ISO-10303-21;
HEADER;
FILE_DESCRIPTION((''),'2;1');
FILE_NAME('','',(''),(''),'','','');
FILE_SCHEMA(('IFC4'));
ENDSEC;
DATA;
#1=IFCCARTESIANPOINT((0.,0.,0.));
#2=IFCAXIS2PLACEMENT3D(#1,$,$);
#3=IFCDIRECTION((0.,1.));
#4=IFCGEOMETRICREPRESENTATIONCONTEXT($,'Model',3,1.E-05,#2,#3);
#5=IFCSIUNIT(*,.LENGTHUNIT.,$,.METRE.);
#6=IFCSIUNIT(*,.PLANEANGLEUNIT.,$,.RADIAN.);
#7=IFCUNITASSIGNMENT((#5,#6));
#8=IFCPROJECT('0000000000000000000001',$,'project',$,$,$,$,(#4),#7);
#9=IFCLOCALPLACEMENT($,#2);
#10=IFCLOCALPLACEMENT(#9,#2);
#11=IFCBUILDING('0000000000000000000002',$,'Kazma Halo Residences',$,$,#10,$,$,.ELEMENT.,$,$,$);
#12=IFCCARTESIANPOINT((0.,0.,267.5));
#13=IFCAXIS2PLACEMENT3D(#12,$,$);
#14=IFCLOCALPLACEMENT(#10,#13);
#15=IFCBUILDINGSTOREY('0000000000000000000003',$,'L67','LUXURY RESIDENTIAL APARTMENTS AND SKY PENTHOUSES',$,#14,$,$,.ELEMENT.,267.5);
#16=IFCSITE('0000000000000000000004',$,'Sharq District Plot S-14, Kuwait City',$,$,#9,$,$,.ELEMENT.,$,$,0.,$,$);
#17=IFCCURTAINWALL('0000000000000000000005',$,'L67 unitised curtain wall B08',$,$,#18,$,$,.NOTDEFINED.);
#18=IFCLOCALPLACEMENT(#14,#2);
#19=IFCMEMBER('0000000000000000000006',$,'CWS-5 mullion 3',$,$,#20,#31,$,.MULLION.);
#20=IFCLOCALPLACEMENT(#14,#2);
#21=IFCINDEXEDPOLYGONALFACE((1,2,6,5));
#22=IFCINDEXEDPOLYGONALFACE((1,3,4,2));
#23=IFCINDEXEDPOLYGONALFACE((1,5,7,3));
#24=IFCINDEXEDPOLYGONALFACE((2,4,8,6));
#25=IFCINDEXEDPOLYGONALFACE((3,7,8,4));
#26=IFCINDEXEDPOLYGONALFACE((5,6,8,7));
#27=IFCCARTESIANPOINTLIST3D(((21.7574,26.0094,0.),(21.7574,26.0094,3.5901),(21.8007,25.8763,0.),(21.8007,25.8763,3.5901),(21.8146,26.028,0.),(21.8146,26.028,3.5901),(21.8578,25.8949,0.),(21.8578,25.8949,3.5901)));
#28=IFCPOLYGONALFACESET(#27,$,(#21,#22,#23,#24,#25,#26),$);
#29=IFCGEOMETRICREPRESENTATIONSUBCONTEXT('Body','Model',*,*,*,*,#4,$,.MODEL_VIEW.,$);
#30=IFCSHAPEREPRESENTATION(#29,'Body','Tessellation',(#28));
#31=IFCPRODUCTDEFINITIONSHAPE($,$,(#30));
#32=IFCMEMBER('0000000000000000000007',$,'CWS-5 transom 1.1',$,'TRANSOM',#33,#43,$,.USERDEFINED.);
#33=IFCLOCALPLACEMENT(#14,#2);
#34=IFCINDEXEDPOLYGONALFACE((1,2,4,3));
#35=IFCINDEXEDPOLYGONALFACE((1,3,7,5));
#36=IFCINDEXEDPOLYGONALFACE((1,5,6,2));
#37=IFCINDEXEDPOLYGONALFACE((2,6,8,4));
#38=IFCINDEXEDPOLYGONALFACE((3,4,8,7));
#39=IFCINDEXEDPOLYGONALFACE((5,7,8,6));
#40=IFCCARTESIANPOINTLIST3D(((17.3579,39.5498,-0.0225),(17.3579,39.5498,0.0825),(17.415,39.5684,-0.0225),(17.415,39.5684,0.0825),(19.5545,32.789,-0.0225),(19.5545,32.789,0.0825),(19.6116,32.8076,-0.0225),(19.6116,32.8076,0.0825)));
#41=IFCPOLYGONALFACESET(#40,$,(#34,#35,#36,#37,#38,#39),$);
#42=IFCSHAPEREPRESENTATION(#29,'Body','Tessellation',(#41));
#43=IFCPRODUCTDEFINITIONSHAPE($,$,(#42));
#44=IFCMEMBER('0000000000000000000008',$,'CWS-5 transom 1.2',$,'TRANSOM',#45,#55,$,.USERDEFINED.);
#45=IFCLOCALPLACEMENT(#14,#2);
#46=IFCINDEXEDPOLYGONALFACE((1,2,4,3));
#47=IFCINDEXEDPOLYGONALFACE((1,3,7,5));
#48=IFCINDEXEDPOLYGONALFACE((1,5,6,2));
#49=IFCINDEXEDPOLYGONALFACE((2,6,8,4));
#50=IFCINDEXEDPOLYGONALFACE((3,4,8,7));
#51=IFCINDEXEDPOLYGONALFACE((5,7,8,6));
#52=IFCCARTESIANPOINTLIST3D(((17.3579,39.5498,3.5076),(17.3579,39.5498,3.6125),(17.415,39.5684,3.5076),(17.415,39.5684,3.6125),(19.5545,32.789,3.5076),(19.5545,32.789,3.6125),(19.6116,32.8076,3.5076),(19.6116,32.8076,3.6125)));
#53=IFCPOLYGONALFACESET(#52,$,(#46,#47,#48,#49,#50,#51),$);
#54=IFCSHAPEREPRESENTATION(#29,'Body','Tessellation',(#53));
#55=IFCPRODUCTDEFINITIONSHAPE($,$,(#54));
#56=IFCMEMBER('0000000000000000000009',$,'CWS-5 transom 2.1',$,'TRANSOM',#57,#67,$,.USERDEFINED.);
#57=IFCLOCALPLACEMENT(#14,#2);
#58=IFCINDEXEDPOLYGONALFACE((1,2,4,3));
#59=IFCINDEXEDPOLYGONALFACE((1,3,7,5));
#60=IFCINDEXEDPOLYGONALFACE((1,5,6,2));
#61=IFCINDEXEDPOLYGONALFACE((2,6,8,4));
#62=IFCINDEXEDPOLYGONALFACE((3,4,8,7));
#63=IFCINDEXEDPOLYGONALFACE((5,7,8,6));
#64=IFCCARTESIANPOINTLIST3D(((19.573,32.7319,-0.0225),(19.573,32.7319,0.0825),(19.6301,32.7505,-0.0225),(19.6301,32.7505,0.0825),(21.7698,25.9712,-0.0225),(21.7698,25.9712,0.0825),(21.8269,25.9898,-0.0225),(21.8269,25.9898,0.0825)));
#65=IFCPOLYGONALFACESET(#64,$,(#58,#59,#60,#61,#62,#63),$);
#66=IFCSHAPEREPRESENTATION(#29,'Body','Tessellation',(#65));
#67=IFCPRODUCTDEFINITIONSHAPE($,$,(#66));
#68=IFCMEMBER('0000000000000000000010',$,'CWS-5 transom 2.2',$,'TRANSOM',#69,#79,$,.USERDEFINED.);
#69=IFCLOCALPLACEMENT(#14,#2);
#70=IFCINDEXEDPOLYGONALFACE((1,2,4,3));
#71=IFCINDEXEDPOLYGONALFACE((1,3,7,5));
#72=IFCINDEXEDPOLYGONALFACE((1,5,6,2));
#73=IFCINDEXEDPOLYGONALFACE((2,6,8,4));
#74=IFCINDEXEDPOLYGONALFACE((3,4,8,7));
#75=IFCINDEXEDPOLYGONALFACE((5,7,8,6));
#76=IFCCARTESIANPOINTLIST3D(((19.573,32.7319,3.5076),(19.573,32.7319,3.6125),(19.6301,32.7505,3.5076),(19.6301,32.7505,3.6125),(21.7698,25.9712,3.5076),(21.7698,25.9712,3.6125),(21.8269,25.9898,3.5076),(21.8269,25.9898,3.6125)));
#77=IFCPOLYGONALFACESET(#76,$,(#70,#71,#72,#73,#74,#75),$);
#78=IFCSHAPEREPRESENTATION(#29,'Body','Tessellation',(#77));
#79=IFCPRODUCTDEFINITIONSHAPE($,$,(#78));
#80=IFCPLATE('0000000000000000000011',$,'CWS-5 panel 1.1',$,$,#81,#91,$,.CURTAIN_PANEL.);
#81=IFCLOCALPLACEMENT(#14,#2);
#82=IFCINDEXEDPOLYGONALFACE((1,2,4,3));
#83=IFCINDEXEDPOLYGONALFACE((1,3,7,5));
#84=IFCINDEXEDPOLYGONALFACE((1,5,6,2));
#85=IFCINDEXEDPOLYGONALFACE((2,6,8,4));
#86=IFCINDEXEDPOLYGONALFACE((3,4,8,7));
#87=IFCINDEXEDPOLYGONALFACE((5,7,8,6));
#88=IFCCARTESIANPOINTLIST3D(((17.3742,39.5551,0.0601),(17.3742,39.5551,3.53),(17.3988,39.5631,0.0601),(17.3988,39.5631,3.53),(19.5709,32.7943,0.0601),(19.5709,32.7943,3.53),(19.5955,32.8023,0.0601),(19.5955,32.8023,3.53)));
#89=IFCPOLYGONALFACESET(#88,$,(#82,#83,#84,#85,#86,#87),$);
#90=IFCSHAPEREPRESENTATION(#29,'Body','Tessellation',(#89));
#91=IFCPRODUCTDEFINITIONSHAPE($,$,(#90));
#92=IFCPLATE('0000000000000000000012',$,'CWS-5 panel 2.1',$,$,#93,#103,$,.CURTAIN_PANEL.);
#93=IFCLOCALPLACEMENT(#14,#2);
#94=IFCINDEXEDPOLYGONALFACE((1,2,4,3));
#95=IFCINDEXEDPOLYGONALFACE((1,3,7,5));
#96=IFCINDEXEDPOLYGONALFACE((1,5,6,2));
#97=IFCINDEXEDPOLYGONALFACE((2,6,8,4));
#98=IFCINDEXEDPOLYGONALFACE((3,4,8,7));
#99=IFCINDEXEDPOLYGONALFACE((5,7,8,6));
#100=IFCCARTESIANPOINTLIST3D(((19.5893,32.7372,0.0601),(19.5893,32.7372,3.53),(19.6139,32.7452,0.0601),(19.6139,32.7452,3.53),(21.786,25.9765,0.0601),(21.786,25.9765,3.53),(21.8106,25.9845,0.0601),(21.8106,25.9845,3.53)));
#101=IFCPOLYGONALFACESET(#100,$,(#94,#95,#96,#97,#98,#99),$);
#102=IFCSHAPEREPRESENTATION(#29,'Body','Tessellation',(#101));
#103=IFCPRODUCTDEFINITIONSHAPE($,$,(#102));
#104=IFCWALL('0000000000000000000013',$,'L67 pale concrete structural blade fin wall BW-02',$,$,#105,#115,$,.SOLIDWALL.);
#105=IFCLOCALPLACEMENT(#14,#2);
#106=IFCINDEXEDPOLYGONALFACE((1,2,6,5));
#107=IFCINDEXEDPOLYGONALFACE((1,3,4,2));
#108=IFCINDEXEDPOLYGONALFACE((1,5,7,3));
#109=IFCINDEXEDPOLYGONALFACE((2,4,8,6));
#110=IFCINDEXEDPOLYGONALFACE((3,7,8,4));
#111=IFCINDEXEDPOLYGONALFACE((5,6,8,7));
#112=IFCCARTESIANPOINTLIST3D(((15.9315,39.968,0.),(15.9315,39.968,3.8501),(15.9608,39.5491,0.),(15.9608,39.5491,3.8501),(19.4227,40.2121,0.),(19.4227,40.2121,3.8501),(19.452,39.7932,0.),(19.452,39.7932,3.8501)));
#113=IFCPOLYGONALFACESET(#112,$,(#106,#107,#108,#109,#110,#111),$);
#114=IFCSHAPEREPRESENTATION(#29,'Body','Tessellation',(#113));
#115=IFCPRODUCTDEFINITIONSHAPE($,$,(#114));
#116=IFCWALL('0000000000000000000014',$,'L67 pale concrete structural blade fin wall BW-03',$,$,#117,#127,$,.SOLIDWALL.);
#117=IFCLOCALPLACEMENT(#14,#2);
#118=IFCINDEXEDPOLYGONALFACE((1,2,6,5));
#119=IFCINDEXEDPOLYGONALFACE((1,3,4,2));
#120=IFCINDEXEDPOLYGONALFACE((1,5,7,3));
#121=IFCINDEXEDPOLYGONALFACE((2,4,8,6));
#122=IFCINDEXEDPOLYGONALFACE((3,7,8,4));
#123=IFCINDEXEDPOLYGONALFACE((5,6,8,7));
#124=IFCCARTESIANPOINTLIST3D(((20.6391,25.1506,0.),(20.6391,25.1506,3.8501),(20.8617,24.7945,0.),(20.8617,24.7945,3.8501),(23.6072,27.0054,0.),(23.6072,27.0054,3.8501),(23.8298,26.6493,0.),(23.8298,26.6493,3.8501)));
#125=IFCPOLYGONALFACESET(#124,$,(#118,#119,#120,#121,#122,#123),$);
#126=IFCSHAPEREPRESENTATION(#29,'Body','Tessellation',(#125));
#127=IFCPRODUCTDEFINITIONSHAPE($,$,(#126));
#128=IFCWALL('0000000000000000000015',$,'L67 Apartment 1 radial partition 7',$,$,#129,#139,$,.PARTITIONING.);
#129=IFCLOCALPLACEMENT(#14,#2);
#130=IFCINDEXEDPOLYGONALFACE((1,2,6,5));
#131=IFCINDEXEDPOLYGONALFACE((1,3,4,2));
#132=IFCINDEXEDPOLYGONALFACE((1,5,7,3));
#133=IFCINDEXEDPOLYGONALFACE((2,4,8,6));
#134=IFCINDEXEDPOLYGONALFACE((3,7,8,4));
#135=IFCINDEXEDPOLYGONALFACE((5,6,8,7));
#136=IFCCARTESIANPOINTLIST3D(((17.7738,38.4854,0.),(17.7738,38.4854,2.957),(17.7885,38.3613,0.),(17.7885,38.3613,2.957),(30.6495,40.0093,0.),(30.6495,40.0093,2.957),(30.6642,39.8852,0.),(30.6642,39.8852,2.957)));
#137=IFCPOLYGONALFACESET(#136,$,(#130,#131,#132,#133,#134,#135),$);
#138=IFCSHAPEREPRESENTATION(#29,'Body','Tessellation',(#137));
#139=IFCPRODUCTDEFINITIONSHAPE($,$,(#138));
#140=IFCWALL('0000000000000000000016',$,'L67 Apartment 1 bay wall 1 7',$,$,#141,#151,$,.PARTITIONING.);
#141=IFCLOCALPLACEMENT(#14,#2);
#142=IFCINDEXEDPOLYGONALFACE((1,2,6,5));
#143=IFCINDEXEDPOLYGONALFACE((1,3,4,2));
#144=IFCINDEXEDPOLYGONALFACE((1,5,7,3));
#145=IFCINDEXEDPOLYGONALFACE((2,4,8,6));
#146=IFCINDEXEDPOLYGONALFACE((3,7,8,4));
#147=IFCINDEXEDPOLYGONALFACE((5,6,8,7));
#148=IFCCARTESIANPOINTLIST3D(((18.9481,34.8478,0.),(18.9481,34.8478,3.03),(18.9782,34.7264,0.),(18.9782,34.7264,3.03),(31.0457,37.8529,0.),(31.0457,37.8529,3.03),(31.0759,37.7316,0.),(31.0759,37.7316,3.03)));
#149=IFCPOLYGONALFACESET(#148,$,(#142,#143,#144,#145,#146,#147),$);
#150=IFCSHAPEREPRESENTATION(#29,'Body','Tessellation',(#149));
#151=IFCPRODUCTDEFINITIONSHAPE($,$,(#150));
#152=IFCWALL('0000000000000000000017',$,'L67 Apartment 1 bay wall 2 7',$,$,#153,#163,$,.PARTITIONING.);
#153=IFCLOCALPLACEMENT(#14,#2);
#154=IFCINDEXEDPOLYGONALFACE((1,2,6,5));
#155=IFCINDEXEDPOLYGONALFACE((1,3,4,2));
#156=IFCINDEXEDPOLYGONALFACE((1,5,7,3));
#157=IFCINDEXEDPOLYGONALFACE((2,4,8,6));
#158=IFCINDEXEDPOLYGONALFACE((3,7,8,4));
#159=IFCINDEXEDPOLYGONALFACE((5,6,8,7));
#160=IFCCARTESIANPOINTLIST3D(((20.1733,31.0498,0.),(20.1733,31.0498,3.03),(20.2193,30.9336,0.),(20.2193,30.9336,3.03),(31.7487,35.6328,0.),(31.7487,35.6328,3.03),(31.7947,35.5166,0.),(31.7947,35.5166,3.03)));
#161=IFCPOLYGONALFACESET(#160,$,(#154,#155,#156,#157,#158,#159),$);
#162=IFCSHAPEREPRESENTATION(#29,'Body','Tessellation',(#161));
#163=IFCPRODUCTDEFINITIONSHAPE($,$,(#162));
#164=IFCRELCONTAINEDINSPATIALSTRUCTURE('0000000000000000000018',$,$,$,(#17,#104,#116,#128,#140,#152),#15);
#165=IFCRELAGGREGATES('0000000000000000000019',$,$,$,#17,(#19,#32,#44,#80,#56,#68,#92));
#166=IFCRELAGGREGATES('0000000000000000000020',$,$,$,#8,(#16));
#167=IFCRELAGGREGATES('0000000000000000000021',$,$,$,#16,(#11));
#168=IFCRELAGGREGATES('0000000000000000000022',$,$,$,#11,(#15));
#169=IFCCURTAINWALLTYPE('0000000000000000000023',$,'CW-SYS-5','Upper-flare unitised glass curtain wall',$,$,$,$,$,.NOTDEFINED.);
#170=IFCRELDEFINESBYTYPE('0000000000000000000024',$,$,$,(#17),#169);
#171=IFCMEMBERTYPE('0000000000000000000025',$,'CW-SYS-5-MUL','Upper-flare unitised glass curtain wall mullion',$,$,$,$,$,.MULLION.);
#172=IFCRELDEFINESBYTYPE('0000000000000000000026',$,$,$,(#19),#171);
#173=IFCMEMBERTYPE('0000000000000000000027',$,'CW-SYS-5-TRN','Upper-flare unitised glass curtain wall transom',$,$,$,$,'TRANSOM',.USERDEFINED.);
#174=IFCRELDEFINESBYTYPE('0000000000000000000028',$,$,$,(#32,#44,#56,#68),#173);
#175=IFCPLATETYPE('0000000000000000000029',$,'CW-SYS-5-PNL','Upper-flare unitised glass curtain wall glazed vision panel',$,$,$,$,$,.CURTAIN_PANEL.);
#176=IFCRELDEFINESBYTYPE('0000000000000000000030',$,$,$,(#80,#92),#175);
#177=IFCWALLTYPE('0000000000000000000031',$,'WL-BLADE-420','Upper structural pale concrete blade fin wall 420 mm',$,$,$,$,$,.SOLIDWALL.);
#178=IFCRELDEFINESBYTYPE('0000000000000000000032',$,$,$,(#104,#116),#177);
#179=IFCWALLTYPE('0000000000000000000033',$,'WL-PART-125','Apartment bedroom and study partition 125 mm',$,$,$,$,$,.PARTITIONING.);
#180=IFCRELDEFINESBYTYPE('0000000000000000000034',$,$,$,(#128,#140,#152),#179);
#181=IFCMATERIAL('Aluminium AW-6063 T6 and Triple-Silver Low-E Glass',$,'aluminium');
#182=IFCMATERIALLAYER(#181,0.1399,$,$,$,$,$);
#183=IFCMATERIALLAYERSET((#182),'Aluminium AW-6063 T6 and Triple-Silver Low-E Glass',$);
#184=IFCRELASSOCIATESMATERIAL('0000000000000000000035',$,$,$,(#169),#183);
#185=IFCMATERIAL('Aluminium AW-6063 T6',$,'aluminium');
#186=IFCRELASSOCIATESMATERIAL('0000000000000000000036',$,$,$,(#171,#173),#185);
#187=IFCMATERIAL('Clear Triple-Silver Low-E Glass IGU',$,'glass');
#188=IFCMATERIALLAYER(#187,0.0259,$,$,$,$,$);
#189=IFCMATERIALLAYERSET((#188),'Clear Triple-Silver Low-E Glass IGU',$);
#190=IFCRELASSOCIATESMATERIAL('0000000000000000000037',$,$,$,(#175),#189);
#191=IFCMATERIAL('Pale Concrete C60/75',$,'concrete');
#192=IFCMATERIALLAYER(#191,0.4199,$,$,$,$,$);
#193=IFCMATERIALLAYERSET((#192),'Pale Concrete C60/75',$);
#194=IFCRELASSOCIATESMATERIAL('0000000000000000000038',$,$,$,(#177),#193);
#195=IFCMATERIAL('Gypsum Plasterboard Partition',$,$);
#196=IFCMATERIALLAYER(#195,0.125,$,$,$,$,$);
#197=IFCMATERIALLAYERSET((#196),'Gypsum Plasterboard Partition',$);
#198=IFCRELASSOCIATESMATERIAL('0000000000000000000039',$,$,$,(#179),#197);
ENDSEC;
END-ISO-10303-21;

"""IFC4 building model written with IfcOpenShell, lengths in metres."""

from ifc_helpers import new_model, si_unit, direction, frame, frame_2d, origin, origin_2d, place, context, subcontext, project, spatial, rectangle, extrude, material, layer, layer_set, material_profile, profile_set, type_object, element, aggregate, save


model = new_model("IFC4")

# Units and contexts
model_context = context("Model", 3, precision=1e-05, world=origin(), true_north=direction((0.0, 1.0)))
body_context = subcontext(model_context, "Body", "Model", "MODEL_VIEW")
ifc_project = project(units=[si_unit("LENGTHUNIT", "METRE"), si_unit("PLANEANGLEUNIT", "RADIAN")], contexts=[model_context])

# Site, building, storey
site_placement = place(None, origin())
site = spatial("IfcSite", under=ifc_project, at=site_placement, Name="Sharq District Plot S-14, Kuwait City", CompositionType="ELEMENT", RefElevation=0.0)
building_placement = place(site_placement, origin())
building = spatial("IfcBuilding", under=site, at=building_placement, Name="Kazma Halo Residences", CompositionType="ELEMENT")
storey_placement = place(building_placement, frame((0.0, 0.0, 267.5)))
storey = spatial("IfcBuildingStorey", under=building, at=storey_placement, Name="L67", Description="LUXURY RESIDENTIAL APARTMENTS AND SKY PENTHOUSES", CompositionType="ELEMENT", Elevation=267.5)

# Shared definitions
ifc_material_1 = material(Name="Aluminium AW-6063 T6 and Triple-Silver Low-E Glass", Category="aluminium")
ifc_layer_1 = layer(ifc_material_1, 0.1399)
ifc_layer_set_1 = layer_set([ifc_layer_1], Name="Aluminium AW-6063 T6 and Triple-Silver Low-E Glass")
curtain_wall_type = type_object("IfcCurtainWallType", Name="CW-SYS-5", Description="Upper-flare unitised glass curtain wall", PredefinedType="NOTDEFINED", material=ifc_layer_set_1)
ifc_material_2 = material(Name="Aluminium AW-6063 T6", Category="aluminium")
ifc_material_profile_1 = material_profile(ifc_material_2, rectangle(XDim=0.0601, YDim=0.1399, at=origin_2d()), Name="CWM-60x140")
ifc_profile_set_1 = profile_set([ifc_material_profile_1], Name="Aluminium AW-6063 T6")
member_type_1 = type_object("IfcMemberType", Name="CW-SYS-5-MUL", Description="Upper-flare unitised glass curtain wall mullion", PredefinedType="MULLION", material=ifc_profile_set_1)

# Curtain wall, members, plates
curtain_wall_1_placement = place(storey_placement, origin())
curtain_wall_1 = element("IfcCurtainWall", 1, at=curtain_wall_1_placement, inside=storey, type_object=curtain_wall_type, Name="L67 unitised curtain wall B08", PredefinedType="NOTDEFINED")
member_1_placement = place(storey_placement, frame((21.8076, 25.9521, 0.0), z_axis=(0.0, 0.0, 1.0), x_axis=(0.951058, 0.309011, 0.0)))
member_1 = element("IfcMember", 2, at=member_1_placement, type_object=member_type_1, Name="CWS-5 mullion 3", PredefinedType="MULLION", context=body_context, shape_type="SweptSolid", body=[
    extrude(rectangle(XDim=0.0601, YDim=0.1399, at=origin_2d()), origin(), (0.0, 0.0, 1.0), 3.5901),
])
ifc_material_profile_2 = material_profile(ifc_material_2, rectangle(XDim=0.0601, YDim=0.105, at=origin_2d()), Name="CWT-60x105")
ifc_profile_set_2 = profile_set([ifc_material_profile_2], Name="Aluminium AW-6063 T6")
member_type_2 = type_object("IfcMemberType", Name="CW-SYS-5-TRN", Description="Upper-flare unitised glass curtain wall transom", ElementType="TRANSOM", PredefinedType="USERDEFINED", material=ifc_profile_set_2)
member_2_placement = place(storey_placement, frame((17.3865, 39.5591, 0.03), z_axis=(0.308996, -0.951063, 0.0), x_axis=(0.951063, 0.308996, 0.0)))
member_2 = element("IfcMember", 3, at=member_2_placement, type_object=member_type_2, Name="CWS-5 transom 1.1", ObjectType="TRANSOM", PredefinedType="USERDEFINED", context=body_context, shape_type="SweptSolid", body=[
    extrude(rectangle(XDim=0.0601, YDim=0.105, at=origin_2d()), origin(), (0.0, 0.0, 1.0), 7.1086),
])
member_3_placement = place(storey_placement, frame((17.3865, 39.5591, 3.5601), z_axis=(0.308996, -0.951063, 0.0), x_axis=(0.951063, 0.308996, 0.0)))
member_3 = element("IfcMember", 4, at=member_3_placement, type_object=member_type_2, Name="CWS-5 transom 1.2", ObjectType="TRANSOM", PredefinedType="USERDEFINED", context=body_context, shape_type="SweptSolid", body=[
    extrude(rectangle(XDim=0.0601, YDim=0.105, at=origin_2d()), origin(), (0.0, 0.0, 1.0), 7.1086),
])
member_4_placement = place(storey_placement, frame((19.6016, 32.7412, 0.03), z_axis=(0.309027, -0.951053, 0.0), x_axis=(0.951053, 0.309027, 0.0)))
member_4 = element("IfcMember", 5, at=member_4_placement, type_object=member_type_2, Name="CWS-5 transom 2.1", ObjectType="TRANSOM", PredefinedType="USERDEFINED", context=body_context, shape_type="SweptSolid", body=[
    extrude(rectangle(XDim=0.0601, YDim=0.105, at=origin_2d()), origin(), (0.0, 0.0, 1.0), 7.1086),
])
member_5_placement = place(storey_placement, frame((19.6016, 32.7412, 3.5601), z_axis=(0.309027, -0.951053, 0.0), x_axis=(0.951053, 0.309027, 0.0)))
member_5 = element("IfcMember", 6, at=member_5_placement, type_object=member_type_2, Name="CWS-5 transom 2.2", ObjectType="TRANSOM", PredefinedType="USERDEFINED", context=body_context, shape_type="SweptSolid", body=[
    extrude(rectangle(XDim=0.0601, YDim=0.105, at=origin_2d()), origin(), (0.0, 0.0, 1.0), 7.1086),
])
ifc_material_3 = material(Name="Clear Triple-Silver Low-E Glass IGU", Category="glass")
ifc_layer_2 = layer(ifc_material_3, 0.0259)
ifc_layer_set_2 = layer_set([ifc_layer_2], Name="Clear Triple-Silver Low-E Glass IGU")
plate_type = type_object("IfcPlateType", Name="CW-SYS-5-PNL", Description="Upper-flare unitised glass curtain wall glazed vision panel", PredefinedType="CURTAIN_PANEL", material=ifc_layer_set_2)
plate_1_placement = place(storey_placement, frame((18.4849, 36.1787, 0.0601), z_axis=(0.0, 0.0, 1.0), x_axis=(0.309011, -0.951058, 0.0)))
plate_1 = element("IfcPlate", 7, at=plate_1_placement, type_object=plate_type, Name="CWS-5 panel 1.1", PredefinedType="CURTAIN_PANEL", context=body_context, shape_type="SweptSolid", body=[
    extrude(rectangle(XDim=7.1086, YDim=0.0259, at=origin_2d()), origin(), (0.0, 0.0, 1.0), 3.47),
])
plate_2_placement = place(storey_placement, frame((20.7, 29.3608, 0.0601), z_axis=(0.0, 0.0, 1.0), x_axis=(0.309011, -0.951058, 0.0)))
plate_2 = element("IfcPlate", 8, at=plate_2_placement, type_object=plate_type, Name="CWS-5 panel 2.1", PredefinedType="CURTAIN_PANEL", context=body_context, shape_type="SweptSolid", body=[
    extrude(rectangle(XDim=7.1086, YDim=0.0259, at=origin_2d()), origin(), (0.0, 0.0, 1.0), 3.47),
])
aggregate(curtain_wall_1, [member_1, member_2, member_3, plate_1, member_4, member_5, plate_2])

# Walls
ifc_material_4 = material(Name="Pale Concrete C60/75", Category="concrete")
ifc_layer_3 = layer(ifc_material_4, 0.4199)
ifc_layer_set_3 = layer_set([ifc_layer_3], Name="Pale Concrete C60/75")
wall_type_1 = type_object("IfcWallType", Name="WL-BLADE-420", Description="Upper structural pale concrete blade fin wall 420 mm", PredefinedType="SOLIDWALL", material=ifc_layer_set_3)
wall_1_placement = place(storey_placement, frame((19.4375, 40.0027, 0.0), z_axis=(0.0, 0.0, 1.0), x_axis=(-0.997564, -0.06976, 0.0)))
element("IfcWall", 9, at=wall_1_placement, inside=storey, type_object=wall_type_1, Name="L67 pale concrete structural blade fin wall BW-02", PredefinedType="SOLIDWALL", context=body_context, shape_type="SweptSolid", body=[
    extrude(rectangle(XDim=3.4998, YDim=0.4199, at=frame_2d((1.75, 0.0))), origin(), (0.0, 0.0, 1.0), 3.8501),
])
wall_2_placement = place(storey_placement, frame((23.7185, 26.8274, 0.0), z_axis=(0.0, 0.0, 1.0), x_axis=(-0.848034, -0.529943, 0.0)))
element("IfcWall", 10, at=wall_2_placement, inside=storey, type_object=wall_type_1, Name="L67 pale concrete structural blade fin wall BW-03", PredefinedType="SOLIDWALL", context=body_context, shape_type="SweptSolid", body=[
    extrude(rectangle(XDim=3.5, YDim=0.4199, at=frame_2d((1.75, 0.0))), origin(), (0.0, 0.0, 1.0), 3.8501),
])
ifc_material_5 = material(Name="Gypsum Plasterboard Partition")
ifc_layer_4 = layer(ifc_material_5, 0.125)
ifc_layer_set_4 = layer_set([ifc_layer_4], Name="Gypsum Plasterboard Partition")
wall_type_2 = type_object("IfcWallType", Name="WL-PART-125", Description="Apartment bedroom and study partition 125 mm", PredefinedType="PARTITIONING", material=ifc_layer_set_4)
wall_3_placement = place(storey_placement, frame((30.657, 39.9473, 0.0), z_axis=(0.0, 0.0, 1.0), x_axis=(-0.993069, -0.117536, 0.0)))
element("IfcWall", 11, at=wall_3_placement, inside=storey, type_object=wall_type_2, Name="L67 Apartment 1 radial partition 7", PredefinedType="PARTITIONING", context=body_context, shape_type="SweptSolid", body=[
    extrude(rectangle(XDim=12.9656, YDim=0.125, at=frame_2d((6.4829, 0.0))), origin(), (0.0, 0.0, 1.0), 2.957),
])
wall_4_placement = place(storey_placement, frame((31.0608, 37.7922, 0.0), z_axis=(0.0, 0.0, 1.0), x_axis=(-0.970505, -0.241079, 0.0)))
element("IfcWall", 12, at=wall_4_placement, inside=storey, type_object=wall_type_2, Name="L67 Apartment 1 bay wall 1 7", PredefinedType="PARTITIONING", context=body_context, shape_type="SweptSolid", body=[
    extrude(rectangle(XDim=12.4653, YDim=0.125, at=frame_2d((6.2327, 0.0))), origin(), (0.0, 0.0, 1.0), 3.03),
])
wall_5_placement = place(storey_placement, frame((31.7717, 35.5747, 0.0), z_axis=(0.0, 0.0, 1.0), x_axis=(-0.929777, -0.368122, 0.0)))
element("IfcWall", 13, at=wall_5_placement, inside=storey, type_object=wall_type_2, Name="L67 Apartment 1 bay wall 2 7", PredefinedType="PARTITIONING", context=body_context, shape_type="SweptSolid", body=[
    extrude(rectangle(XDim=12.4497, YDim=0.125, at=frame_2d((6.2249, 0.0))), origin(), (0.0, 0.0, 1.0), 3.03),
])

save(model, "model.ifc")
